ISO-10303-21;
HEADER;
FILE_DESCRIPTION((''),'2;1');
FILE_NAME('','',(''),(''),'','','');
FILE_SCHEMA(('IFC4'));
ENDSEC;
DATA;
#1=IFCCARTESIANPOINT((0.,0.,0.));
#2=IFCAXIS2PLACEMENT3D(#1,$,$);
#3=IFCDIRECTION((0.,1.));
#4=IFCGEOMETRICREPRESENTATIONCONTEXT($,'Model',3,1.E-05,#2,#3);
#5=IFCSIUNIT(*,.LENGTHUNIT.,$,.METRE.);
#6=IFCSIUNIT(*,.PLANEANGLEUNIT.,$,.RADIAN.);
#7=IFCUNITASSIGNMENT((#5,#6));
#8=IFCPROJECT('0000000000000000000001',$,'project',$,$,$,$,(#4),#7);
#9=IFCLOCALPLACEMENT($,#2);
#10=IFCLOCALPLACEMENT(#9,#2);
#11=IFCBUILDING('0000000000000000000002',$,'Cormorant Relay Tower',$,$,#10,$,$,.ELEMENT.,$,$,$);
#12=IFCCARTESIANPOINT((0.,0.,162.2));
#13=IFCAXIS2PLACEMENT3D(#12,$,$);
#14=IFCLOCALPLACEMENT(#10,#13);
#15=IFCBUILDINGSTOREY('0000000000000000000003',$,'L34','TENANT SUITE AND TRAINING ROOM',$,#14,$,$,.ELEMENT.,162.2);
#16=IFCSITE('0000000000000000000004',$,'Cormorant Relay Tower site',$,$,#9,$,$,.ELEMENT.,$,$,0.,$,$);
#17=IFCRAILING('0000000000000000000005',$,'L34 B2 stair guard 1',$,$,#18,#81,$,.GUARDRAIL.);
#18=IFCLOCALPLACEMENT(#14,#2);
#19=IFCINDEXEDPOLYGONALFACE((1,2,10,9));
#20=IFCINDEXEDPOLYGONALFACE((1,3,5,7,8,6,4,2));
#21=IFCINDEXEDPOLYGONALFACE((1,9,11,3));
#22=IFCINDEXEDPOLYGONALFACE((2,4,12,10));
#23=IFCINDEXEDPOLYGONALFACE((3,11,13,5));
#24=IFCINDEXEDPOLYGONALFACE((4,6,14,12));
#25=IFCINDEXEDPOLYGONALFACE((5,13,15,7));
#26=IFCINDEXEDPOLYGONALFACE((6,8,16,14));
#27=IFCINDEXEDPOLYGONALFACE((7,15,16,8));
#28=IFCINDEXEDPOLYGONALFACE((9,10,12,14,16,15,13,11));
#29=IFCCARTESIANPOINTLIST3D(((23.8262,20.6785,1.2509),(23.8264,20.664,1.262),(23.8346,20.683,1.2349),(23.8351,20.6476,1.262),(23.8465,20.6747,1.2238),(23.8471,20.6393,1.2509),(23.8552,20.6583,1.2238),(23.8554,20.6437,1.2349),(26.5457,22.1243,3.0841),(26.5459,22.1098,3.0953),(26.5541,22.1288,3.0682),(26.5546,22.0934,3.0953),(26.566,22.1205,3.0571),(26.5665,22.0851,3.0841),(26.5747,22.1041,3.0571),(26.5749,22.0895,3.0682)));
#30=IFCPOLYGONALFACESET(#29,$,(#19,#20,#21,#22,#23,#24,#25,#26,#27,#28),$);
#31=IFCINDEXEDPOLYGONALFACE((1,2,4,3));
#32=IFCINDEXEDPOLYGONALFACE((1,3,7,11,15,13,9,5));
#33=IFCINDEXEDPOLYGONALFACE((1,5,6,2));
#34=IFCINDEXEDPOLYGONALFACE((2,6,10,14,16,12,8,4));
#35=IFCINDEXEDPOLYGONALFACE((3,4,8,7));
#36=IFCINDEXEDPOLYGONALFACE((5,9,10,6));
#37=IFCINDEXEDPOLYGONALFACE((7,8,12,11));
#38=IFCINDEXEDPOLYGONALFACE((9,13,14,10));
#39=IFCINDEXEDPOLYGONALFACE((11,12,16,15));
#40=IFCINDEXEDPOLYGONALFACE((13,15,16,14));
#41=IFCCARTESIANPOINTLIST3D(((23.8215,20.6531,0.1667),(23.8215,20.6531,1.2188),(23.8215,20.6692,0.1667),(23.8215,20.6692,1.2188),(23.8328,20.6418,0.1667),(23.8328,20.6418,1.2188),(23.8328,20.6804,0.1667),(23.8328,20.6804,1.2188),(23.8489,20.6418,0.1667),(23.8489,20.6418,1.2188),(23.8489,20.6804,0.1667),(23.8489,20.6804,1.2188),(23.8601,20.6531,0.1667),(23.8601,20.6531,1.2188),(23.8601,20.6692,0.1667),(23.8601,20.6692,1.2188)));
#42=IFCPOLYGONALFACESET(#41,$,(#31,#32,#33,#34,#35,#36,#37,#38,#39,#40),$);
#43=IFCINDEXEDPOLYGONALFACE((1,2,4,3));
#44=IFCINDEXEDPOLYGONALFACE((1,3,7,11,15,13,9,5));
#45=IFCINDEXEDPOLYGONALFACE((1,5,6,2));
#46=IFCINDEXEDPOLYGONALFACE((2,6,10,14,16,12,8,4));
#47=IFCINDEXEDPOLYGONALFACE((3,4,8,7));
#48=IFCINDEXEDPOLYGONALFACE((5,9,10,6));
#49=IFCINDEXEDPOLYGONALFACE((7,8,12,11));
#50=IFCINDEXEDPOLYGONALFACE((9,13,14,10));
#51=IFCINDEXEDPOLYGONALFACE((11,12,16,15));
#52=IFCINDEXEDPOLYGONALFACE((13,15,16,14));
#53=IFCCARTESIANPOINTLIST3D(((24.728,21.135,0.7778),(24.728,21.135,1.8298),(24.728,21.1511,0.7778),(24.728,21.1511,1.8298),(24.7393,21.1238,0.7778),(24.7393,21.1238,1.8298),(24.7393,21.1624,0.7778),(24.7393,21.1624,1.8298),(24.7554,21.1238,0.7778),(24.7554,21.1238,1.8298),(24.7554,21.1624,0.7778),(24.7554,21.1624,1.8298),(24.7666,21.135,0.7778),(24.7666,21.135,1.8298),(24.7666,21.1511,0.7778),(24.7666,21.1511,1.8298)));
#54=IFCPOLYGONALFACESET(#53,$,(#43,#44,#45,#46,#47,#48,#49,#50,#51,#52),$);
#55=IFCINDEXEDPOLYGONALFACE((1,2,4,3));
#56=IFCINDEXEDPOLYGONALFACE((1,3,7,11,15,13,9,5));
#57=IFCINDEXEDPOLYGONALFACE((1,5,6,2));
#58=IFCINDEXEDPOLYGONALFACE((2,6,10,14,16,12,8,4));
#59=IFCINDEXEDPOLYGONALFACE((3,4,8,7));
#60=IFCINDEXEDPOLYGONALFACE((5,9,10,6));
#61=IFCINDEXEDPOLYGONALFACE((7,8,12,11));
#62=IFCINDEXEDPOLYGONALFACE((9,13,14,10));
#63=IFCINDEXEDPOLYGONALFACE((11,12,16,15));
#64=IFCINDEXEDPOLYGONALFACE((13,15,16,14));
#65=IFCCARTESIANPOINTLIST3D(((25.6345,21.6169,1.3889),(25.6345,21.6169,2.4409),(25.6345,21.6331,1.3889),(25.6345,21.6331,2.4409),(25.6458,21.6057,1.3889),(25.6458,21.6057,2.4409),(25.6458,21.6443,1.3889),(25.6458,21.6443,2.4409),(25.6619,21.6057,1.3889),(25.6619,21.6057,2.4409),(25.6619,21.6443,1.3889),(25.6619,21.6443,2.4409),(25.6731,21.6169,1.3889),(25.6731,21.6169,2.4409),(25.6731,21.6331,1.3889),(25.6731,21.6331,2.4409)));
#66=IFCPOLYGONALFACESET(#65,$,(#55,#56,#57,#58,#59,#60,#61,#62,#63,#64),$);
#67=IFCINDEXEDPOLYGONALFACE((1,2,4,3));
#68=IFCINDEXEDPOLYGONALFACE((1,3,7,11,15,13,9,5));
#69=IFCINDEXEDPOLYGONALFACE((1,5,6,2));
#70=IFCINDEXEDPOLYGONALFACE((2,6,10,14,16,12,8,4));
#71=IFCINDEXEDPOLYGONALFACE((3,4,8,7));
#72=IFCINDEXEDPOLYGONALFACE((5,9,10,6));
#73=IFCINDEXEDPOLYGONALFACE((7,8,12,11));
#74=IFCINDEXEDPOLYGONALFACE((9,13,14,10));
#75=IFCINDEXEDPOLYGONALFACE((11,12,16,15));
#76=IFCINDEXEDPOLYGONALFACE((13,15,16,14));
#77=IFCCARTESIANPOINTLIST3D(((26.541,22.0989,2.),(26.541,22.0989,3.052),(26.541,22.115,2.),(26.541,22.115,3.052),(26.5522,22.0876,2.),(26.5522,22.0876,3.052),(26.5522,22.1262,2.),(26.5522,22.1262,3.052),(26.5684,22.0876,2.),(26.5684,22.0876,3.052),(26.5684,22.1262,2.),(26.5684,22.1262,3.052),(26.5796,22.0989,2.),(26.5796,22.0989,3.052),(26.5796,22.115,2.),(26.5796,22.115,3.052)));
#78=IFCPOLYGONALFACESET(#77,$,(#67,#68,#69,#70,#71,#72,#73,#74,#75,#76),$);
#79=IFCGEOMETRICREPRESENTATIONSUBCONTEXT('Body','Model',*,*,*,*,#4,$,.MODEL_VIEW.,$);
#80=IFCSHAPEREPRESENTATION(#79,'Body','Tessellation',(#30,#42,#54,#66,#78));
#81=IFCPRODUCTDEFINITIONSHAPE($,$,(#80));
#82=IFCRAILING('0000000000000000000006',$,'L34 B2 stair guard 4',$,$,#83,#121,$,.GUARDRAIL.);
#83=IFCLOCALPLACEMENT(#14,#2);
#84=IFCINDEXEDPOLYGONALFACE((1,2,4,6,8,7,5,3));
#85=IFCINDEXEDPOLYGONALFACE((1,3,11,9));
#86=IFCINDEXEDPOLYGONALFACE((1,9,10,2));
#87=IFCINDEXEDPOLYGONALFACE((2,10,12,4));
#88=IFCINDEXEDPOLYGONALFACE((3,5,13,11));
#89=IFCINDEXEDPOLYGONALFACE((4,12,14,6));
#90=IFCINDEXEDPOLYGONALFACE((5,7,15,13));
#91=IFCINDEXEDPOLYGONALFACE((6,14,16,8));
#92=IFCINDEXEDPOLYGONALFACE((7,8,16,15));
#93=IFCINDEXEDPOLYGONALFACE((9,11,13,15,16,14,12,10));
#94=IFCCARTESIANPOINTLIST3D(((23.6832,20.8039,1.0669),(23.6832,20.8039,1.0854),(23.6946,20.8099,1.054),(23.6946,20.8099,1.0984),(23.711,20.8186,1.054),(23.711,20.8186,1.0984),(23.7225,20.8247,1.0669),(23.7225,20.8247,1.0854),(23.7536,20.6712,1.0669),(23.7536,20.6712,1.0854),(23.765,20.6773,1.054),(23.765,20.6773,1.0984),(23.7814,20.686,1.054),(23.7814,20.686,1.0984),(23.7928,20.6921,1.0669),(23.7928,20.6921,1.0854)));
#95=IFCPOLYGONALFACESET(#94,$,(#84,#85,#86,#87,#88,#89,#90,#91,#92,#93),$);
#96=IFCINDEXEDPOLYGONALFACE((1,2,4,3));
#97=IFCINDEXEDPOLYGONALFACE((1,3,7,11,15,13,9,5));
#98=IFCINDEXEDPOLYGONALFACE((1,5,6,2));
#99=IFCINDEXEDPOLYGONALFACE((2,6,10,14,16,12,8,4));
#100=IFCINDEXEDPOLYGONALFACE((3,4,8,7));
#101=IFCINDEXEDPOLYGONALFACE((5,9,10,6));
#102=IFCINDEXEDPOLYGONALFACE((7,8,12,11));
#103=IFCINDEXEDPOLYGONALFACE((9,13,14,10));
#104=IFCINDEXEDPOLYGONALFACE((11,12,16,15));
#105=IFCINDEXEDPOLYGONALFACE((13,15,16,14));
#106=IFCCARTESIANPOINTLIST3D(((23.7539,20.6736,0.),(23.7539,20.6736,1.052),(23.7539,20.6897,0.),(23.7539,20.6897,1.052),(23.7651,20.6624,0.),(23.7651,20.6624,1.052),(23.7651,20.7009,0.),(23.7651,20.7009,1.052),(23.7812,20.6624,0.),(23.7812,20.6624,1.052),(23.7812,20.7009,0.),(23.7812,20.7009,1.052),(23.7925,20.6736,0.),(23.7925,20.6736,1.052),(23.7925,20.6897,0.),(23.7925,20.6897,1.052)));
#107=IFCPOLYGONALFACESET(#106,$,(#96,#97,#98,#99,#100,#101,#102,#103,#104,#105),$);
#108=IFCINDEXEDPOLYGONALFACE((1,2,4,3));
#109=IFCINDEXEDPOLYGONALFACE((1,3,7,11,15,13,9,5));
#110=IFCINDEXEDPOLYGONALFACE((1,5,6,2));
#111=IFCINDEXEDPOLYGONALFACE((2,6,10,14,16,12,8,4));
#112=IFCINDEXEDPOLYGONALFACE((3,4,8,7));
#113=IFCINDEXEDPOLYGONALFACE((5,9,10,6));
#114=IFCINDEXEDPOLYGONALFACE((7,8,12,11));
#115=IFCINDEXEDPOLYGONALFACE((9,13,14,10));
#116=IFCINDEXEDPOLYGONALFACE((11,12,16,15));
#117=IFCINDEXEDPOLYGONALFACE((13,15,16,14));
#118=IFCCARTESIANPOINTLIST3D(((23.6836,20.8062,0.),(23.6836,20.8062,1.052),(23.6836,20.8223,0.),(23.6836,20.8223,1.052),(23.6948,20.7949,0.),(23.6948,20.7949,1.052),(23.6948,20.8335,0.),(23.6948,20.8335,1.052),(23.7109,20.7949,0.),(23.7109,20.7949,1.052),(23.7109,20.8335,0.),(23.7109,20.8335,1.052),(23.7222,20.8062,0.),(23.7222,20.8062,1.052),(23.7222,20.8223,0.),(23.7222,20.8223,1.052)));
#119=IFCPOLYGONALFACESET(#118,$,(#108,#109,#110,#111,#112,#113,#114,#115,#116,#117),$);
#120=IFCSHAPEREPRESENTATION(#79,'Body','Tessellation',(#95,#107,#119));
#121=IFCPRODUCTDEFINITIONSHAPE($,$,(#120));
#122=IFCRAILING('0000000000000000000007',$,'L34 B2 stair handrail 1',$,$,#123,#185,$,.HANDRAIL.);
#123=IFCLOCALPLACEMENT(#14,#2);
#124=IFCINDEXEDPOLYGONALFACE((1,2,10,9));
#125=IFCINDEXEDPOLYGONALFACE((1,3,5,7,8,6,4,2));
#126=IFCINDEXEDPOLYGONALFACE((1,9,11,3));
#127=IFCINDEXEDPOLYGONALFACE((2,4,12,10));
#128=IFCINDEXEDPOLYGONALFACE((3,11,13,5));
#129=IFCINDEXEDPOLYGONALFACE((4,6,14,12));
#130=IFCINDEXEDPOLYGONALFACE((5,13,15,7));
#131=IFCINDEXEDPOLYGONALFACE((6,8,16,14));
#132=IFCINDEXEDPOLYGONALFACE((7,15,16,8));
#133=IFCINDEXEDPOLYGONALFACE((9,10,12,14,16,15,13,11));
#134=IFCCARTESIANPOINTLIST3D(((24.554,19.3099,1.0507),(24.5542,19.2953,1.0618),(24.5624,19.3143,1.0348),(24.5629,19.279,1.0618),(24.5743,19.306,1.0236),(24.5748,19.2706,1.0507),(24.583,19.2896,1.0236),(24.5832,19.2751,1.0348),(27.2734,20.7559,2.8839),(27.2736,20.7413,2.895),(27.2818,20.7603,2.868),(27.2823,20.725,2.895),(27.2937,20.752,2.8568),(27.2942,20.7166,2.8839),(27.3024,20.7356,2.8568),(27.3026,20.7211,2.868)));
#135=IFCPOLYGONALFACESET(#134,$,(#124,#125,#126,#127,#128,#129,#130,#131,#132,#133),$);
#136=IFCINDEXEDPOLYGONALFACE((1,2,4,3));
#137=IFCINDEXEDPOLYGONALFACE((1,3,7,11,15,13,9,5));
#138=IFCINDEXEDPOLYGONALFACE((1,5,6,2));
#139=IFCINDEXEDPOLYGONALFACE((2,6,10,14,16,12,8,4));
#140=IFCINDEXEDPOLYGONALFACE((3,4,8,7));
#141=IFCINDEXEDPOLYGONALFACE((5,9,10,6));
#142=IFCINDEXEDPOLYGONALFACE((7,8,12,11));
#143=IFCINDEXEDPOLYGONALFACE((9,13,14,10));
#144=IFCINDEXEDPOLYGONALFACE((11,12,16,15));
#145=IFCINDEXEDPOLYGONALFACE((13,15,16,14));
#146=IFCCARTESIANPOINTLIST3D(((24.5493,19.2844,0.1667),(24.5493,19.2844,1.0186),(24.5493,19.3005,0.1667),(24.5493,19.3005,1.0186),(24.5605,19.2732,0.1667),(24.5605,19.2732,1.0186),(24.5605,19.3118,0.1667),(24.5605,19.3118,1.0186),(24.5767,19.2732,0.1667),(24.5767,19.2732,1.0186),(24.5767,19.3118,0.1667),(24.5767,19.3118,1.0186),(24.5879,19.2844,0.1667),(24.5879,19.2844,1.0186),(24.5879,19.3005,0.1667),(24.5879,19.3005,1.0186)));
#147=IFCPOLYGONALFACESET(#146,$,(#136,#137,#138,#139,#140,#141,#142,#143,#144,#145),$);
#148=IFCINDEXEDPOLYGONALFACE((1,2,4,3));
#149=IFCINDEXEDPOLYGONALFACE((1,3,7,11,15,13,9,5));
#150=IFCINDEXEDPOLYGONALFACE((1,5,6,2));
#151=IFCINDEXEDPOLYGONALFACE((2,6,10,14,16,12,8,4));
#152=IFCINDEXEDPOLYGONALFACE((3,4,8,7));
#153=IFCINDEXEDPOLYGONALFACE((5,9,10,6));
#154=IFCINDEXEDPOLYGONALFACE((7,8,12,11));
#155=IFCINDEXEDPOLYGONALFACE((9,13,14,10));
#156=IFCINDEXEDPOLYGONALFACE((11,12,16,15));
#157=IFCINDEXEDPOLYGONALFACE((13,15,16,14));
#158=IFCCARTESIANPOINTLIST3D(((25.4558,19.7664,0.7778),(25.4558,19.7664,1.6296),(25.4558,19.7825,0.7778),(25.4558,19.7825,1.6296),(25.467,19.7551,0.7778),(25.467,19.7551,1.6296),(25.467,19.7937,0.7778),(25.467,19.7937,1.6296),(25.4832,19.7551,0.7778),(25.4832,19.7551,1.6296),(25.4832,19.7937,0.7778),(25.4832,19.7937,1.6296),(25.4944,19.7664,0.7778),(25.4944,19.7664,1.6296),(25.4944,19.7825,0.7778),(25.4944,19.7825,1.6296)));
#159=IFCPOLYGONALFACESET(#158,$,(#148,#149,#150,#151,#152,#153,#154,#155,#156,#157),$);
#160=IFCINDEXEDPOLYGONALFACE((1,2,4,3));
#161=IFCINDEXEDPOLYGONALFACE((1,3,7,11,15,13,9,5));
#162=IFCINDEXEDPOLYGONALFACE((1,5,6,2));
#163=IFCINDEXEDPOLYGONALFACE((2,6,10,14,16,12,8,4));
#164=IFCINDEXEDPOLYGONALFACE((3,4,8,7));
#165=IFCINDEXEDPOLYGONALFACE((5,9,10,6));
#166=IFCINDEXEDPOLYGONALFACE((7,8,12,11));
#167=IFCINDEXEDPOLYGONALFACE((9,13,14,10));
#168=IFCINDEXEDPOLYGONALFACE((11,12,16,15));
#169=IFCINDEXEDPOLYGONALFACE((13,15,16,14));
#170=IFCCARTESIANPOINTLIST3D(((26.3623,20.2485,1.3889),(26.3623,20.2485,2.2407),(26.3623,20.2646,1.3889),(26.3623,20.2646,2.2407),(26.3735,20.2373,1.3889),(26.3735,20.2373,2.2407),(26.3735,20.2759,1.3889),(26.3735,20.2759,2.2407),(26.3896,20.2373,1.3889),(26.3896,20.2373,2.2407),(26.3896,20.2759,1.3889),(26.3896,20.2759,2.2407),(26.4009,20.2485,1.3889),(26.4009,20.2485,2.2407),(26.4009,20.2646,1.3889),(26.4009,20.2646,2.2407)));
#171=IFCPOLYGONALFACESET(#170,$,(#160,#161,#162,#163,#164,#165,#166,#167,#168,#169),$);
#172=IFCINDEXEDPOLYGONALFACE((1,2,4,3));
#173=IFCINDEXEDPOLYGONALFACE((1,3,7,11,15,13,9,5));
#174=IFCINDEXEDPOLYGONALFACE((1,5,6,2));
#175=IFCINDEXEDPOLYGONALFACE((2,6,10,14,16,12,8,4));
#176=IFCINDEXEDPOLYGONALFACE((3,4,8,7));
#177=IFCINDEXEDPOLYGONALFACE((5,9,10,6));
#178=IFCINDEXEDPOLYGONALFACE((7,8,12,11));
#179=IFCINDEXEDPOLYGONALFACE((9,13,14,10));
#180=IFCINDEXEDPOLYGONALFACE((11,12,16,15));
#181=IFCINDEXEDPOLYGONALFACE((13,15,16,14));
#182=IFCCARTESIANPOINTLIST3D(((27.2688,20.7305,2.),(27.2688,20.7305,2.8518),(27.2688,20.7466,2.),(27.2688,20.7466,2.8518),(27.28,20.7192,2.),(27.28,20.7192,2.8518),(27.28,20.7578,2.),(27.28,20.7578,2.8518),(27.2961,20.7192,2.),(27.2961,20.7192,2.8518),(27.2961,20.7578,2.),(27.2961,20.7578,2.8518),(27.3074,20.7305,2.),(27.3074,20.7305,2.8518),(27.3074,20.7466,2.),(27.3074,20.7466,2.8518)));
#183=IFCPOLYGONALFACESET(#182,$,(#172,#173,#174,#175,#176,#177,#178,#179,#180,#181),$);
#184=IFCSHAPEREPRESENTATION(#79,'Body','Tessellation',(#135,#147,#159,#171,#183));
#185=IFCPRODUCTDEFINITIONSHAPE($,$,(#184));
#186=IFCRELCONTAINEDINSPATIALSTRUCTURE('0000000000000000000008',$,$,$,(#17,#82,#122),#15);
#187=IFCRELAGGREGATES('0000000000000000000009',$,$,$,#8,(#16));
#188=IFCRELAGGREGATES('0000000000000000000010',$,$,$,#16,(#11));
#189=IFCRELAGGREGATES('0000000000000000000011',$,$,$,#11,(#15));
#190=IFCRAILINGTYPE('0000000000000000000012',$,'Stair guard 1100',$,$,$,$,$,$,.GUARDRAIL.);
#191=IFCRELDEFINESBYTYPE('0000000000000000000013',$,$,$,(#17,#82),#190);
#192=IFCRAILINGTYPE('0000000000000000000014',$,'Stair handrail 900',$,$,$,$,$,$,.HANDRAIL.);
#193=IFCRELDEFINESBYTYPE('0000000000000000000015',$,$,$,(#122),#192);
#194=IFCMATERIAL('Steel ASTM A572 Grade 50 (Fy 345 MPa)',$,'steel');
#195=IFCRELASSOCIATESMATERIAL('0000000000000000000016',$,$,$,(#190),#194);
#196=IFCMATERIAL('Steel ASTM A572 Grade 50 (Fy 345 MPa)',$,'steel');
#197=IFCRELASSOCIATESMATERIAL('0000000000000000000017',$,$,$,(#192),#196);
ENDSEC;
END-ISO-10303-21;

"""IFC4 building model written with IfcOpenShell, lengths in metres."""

from ifc_helpers import new_model, si_unit, direction, frame, origin, place, context, subcontext, project, spatial, polyline, outline, extrude, material, type_object, element, save


model = new_model("IFC4")

# Units and contexts
model_context = context("Model", 3, precision=1e-05, world=origin(), true_north=direction((0.0, 1.0)))
body_context = subcontext(model_context, "Body", "Model", "MODEL_VIEW")
ifc_project = project(units=[si_unit("LENGTHUNIT", "METRE"), si_unit("PLANEANGLEUNIT", "RADIAN")], contexts=[model_context])

# Site, building, storey
site_placement = place(None, origin())
site = spatial("IfcSite", under=ifc_project, at=site_placement, Name="Cormorant Relay Tower site", CompositionType="ELEMENT", RefElevation=0.0)
building_placement = place(site_placement, origin())
building = spatial("IfcBuilding", under=site, at=building_placement, Name="Cormorant Relay Tower", CompositionType="ELEMENT")
storey_placement = place(building_placement, frame((0.0, 0.0, 162.2)))
storey = spatial("IfcBuildingStorey", under=building, at=storey_placement, Name="L34", Description="TENANT SUITE AND TRAINING ROOM", CompositionType="ELEMENT", Elevation=162.2)

# Railings
ifc_material_1 = material(Name="Steel ASTM A572 Grade 50 (Fy 345 MPa)", Category="steel")
railing_type_1 = type_object("IfcRailingType", Name="Stair guard 1100", PredefinedType="GUARDRAIL", material=ifc_material_1)
railing_1_placement = place(storey_placement, frame((23.8408, 20.6611, 0.1667)))
element("IfcRailing", 1, at=railing_1_placement, inside=storey, type_object=railing_type_1, Name="L34 B2 stair guard 1", PredefinedType="GUARDRAIL", context=body_context, shape_type="SweptSolid", body=[
    extrude(outline(polyline([(0.0222, 0.0093), (0.0093, 0.0222), (-0.0093, 0.0222), (-0.0222, 0.0093), (-0.0222, -0.0093), (-0.0093, -0.0222), (0.0093, -0.0222), (0.0222, -0.0093), (0.0222, 0.0093)])), frame((0.0, 0.0, 1.0762), z_axis=(0.758735, 0.403378, 0.511477), x_axis=(-0.469428, 0.882971, 0.0)), (0.0, 0.0, 1.0), 3.5842),
    extrude(outline(polyline([(0.0193, 0.0081), (0.0081, 0.0193), (-0.0081, 0.0193), (-0.0193, 0.0081), (-0.0193, -0.0081), (-0.0081, -0.0193), (0.0081, -0.0193), (0.0193, -0.0081), (0.0193, 0.0081)])), origin(), (0.0, 0.0, 1.0), 1.052),
    extrude(outline(polyline([(0.0193, 0.0081), (0.0081, 0.0193), (-0.0081, 0.0193), (-0.0193, 0.0081), (-0.0193, -0.0081), (-0.0081, -0.0193), (0.0081, -0.0193), (0.0193, -0.0081), (0.0193, 0.0081)])), frame((0.9065, 0.4819, 0.6111)), (0.0, 0.0, 1.0), 1.052),
    extrude(outline(polyline([(0.0193, 0.0081), (0.0081, 0.0193), (-0.0081, 0.0193), (-0.0193, 0.0081), (-0.0193, -0.0081), (-0.0081, -0.0193), (0.0081, -0.0193), (0.0193, -0.0081), (0.0193, 0.0081)])), frame((1.813, 0.9639, 1.2222)), (0.0, 0.0, 1.0), 1.052),
    extrude(outline(polyline([(0.0193, 0.0081), (0.0081, 0.0193), (-0.0081, 0.0193), (-0.0193, 0.0081), (-0.0193, -0.0081), (-0.0081, -0.0193), (0.0081, -0.0193), (0.0193, -0.0081), (0.0193, 0.0081)])), frame((2.7195, 1.4458, 1.8333)), (0.0, 0.0, 1.0), 1.052),
])
railing_2_placement = place(storey_placement, frame((23.7732, 20.6816, 0.0)))
element("IfcRailing", 2, at=railing_2_placement, inside=storey, type_object=railing_type_1, Name="L34 B2 stair guard 4", PredefinedType="GUARDRAIL", context=body_context, shape_type="SweptSolid", body=[
    extrude(outline(polyline([(0.0222, 0.0093), (0.0093, 0.0222), (-0.0093, 0.0222), (-0.0222, 0.0093), (-0.0222, -0.0093), (-0.0093, -0.0222), (0.0093, -0.0222), (0.0222, -0.0093), (0.0222, 0.0093)])), frame((0.0, 0.0, 1.0762), z_axis=(-0.46856, 0.883431, 0.0), x_axis=(-0.883431, -0.46856, 0.0)), (0.0, 0.0, 1.0), 0.1501),
    extrude(outline(polyline([(0.0193, 0.0081), (0.0081, 0.0193), (-0.0081, 0.0193), (-0.0193, 0.0081), (-0.0193, -0.0081), (-0.0081, -0.0193), (0.0081, -0.0193), (0.0193, -0.0081), (0.0193, 0.0081)])), origin(), (0.0, 0.0, 1.0), 1.052),
    extrude(outline(polyline([(0.0193, 0.0081), (0.0081, 0.0193), (-0.0081, 0.0193), (-0.0193, 0.0081), (-0.0193, -0.0081), (-0.0081, -0.0193), (0.0081, -0.0193), (0.0193, -0.0081), (0.0193, 0.0081)])), frame((-0.0703, 0.1326, 0.0)), (0.0, 0.0, 1.0), 1.052),
])
ifc_material_2 = material(Name="Steel ASTM A572 Grade 50 (Fy 345 MPa)", Category="steel")
railing_type_2 = type_object("IfcRailingType", Name="Stair handrail 900", PredefinedType="HANDRAIL", material=ifc_material_2)
railing_3_placement = place(storey_placement, frame((24.5686, 19.2925, 0.1667)))
element("IfcRailing", 3, at=railing_3_placement, inside=storey, type_object=railing_type_2, Name="L34 B2 stair handrail 1", PredefinedType="HANDRAIL", context=body_context, shape_type="SweptSolid", body=[
    extrude(outline(polyline([(0.0222, 0.0093), (0.0093, 0.0222), (-0.0093, 0.0222), (-0.0222, 0.0093), (-0.0222, -0.0093), (-0.0093, -0.0222), (0.0093, -0.0222), (0.0222, -0.0093), (0.0222, 0.0093)])), frame((0.0, 0.0, 0.876), z_axis=(0.758714, 0.403435, 0.511463), x_axis=(-0.469489, 0.882938, 0.0)), (0.0, 0.0, 1.0), 3.5842),
    extrude(outline(polyline([(0.0193, 0.0081), (0.0081, 0.0193), (-0.0081, 0.0193), (-0.0193, 0.0081), (-0.0193, -0.0081), (-0.0081, -0.0193), (0.0081, -0.0193), (0.0193, -0.0081), (0.0193, 0.0081)])), origin(), (0.0, 0.0, 1.0), 0.8518),
    extrude(outline(polyline([(0.0193, 0.0081), (0.0081, 0.0193), (-0.0081, 0.0193), (-0.0193, 0.0081), (-0.0193, -0.0081), (-0.0081, -0.0193), (0.0081, -0.0193), (0.0193, -0.0081), (0.0193, 0.0081)])), frame((0.9065, 0.4819, 0.6111)), (0.0, 0.0, 1.0), 0.8518),
    extrude(outline(polyline([(0.0193, 0.0081), (0.0081, 0.0193), (-0.0081, 0.0193), (-0.0193, 0.0081), (-0.0193, -0.0081), (-0.0081, -0.0193), (0.0081, -0.0193), (0.0193, -0.0081), (0.0193, 0.0081)])), frame((1.813, 0.9641, 1.2222)), (0.0, 0.0, 1.0), 0.8518),
    extrude(outline(polyline([(0.0193, 0.0081), (0.0081, 0.0193), (-0.0081, 0.0193), (-0.0193, 0.0081), (-0.0193, -0.0081), (-0.0081, -0.0193), (0.0081, -0.0193), (0.0193, -0.0081), (0.0193, 0.0081)])), frame((2.7195, 1.446, 1.8333)), (0.0, 0.0, 1.0), 0.8518),
])

save(model, "model.ifc")
